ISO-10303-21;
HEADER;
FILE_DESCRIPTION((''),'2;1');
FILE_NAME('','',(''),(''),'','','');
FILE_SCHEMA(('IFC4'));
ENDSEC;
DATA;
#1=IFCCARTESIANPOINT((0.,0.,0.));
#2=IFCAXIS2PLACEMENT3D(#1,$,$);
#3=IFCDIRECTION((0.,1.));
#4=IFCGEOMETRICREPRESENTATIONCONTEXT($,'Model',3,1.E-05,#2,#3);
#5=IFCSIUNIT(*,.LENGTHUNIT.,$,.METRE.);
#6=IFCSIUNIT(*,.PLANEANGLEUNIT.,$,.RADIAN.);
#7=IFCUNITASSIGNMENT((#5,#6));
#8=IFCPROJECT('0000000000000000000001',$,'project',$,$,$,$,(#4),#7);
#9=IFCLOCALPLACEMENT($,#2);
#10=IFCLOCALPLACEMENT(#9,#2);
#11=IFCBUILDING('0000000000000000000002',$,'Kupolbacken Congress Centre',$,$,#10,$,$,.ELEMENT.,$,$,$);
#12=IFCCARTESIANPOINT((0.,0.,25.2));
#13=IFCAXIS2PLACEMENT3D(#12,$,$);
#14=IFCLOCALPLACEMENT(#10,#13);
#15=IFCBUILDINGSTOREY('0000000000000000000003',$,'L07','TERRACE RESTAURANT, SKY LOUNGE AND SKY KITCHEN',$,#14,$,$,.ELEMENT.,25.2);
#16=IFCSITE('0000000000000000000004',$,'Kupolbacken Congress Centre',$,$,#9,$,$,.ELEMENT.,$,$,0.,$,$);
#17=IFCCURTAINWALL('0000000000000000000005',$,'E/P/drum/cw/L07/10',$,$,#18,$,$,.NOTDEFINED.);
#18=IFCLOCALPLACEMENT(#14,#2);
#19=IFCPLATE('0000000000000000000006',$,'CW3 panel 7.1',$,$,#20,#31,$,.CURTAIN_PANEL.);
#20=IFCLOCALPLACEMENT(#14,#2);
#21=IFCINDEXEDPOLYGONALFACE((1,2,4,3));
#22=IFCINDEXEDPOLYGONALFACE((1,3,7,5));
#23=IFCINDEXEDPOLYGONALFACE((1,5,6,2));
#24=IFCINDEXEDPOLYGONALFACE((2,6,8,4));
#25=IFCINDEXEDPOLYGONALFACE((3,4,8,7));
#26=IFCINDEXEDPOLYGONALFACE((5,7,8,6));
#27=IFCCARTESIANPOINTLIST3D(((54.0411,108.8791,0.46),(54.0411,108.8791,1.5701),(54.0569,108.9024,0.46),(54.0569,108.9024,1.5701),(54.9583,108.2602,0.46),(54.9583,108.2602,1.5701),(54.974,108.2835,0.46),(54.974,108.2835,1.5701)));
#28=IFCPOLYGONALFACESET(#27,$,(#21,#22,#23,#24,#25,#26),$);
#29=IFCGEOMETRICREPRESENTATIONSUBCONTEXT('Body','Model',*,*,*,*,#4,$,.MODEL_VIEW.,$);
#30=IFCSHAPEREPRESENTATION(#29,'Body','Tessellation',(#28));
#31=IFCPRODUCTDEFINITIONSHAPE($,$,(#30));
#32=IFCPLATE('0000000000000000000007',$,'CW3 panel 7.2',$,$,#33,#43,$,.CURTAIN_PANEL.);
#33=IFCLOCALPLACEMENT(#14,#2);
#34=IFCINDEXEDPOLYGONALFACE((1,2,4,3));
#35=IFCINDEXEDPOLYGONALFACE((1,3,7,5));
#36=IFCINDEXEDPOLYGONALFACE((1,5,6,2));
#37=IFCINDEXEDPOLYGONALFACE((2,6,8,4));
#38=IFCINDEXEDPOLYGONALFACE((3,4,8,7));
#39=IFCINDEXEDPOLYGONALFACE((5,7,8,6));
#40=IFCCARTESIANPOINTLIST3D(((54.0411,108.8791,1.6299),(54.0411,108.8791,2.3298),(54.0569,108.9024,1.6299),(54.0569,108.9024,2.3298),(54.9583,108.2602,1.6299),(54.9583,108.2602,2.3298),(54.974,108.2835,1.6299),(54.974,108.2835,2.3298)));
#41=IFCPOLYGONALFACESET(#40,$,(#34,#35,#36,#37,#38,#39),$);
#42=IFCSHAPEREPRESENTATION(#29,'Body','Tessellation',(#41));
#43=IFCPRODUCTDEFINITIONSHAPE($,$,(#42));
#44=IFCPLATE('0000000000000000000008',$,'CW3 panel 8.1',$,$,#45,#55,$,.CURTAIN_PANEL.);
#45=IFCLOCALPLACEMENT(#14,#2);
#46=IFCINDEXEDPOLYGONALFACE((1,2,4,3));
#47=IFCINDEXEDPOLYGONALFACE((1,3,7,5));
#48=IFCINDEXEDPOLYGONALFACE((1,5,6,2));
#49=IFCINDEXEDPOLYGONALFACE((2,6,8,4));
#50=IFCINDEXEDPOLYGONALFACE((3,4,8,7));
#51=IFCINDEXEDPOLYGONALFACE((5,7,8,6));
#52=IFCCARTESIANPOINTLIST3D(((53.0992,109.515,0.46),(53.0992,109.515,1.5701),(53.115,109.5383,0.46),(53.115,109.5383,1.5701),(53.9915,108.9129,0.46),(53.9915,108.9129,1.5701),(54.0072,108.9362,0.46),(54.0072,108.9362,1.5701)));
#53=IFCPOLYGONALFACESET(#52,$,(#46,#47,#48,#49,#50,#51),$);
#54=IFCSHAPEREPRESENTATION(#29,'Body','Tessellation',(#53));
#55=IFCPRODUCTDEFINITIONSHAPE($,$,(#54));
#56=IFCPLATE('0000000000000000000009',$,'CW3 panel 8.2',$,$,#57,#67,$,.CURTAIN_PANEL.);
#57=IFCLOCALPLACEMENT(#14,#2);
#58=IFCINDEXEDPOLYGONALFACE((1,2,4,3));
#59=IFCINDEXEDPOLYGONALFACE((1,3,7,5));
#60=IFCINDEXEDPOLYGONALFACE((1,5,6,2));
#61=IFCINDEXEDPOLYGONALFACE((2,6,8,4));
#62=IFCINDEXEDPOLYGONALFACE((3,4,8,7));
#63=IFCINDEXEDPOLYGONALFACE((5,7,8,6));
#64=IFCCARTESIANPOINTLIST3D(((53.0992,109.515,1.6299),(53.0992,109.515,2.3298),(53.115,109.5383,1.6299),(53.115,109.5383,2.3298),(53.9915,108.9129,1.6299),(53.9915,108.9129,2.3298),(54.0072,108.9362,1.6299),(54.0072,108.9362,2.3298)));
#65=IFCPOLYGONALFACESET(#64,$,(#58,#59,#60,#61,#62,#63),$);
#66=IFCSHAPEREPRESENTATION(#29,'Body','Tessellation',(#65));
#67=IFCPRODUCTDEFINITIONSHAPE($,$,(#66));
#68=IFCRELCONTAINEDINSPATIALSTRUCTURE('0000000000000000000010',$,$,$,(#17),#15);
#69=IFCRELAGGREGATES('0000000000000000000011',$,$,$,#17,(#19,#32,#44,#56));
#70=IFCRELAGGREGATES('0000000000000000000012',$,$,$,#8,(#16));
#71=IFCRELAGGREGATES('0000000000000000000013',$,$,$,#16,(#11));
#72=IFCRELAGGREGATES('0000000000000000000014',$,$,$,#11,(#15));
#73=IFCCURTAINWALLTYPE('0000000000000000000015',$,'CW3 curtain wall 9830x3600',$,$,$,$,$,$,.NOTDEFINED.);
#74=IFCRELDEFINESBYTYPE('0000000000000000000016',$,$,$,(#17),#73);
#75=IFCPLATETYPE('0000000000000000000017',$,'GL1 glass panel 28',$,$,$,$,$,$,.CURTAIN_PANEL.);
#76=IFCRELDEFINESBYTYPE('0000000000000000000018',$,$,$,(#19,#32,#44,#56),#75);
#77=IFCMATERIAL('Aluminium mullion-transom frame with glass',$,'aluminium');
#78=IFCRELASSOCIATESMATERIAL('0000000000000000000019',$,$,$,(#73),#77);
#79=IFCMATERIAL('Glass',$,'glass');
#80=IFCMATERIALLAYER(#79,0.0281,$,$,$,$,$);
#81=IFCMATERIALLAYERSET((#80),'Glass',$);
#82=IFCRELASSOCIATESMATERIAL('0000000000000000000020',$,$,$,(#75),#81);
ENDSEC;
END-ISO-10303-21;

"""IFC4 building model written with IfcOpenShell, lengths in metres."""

from ifc_helpers import new_model, si_unit, direction, frame, origin, origin_2d, place, context, subcontext, project, spatial, rectangle, extrude, material, layer, layer_set, type_object, element, aggregate, save


model = new_model("IFC4")

# Units and contexts
model_context = context("Model", 3, precision=1e-05, world=origin(), true_north=direction((0.0, 1.0)))
body_context = subcontext(model_context, "Body", "Model", "MODEL_VIEW")
ifc_project = project(units=[si_unit("LENGTHUNIT", "METRE"), si_unit("PLANEANGLEUNIT", "RADIAN")], contexts=[model_context])

# Site, building, storey
site_placement = place(None, origin())
site = spatial("IfcSite", under=ifc_project, at=site_placement, Name="Kupolbacken Congress Centre", CompositionType="ELEMENT", RefElevation=0.0)
building_placement = place(site_placement, origin())
building = spatial("IfcBuilding", under=site, at=building_placement, Name="Kupolbacken Congress Centre", CompositionType="ELEMENT")
storey_placement = place(building_placement, frame((0.0, 0.0, 25.2)))
storey = spatial("IfcBuildingStorey", under=building, at=storey_placement, Name="L07", Description="TERRACE RESTAURANT, SKY LOUNGE AND SKY KITCHEN", CompositionType="ELEMENT", Elevation=25.2)

# Curtain wall, plates
ifc_material_1 = material(Name="Aluminium mullion-transom frame with glass", Category="aluminium")
curtain_wall_type = type_object("IfcCurtainWallType", Name="CW3 curtain wall 9830x3600", PredefinedType="NOTDEFINED", material=ifc_material_1)
curtain_wall_placement = place(storey_placement, origin())
curtain_wall = element("IfcCurtainWall", 1, at=curtain_wall_placement, inside=storey, type_object=curtain_wall_type, Name="E/P/drum/cw/L07/10", PredefinedType="NOTDEFINED")
ifc_material_2 = material(Name="Glass", Category="glass")
ifc_layer = layer(ifc_material_2, 0.0281)
ifc_layer_set = layer_set([ifc_layer], Name="Glass")
plate_type = type_object("IfcPlateType", Name="GL1 glass panel 28", PredefinedType="CURTAIN_PANEL", material=ifc_layer_set)
plate_1_placement = place(storey_placement, frame((54.5076, 108.5813, 0.46), z_axis=(0.0, 0.0, 1.0), x_axis=(-0.828908, 0.559386, 0.0)))
plate_1 = element("IfcPlate", 2, at=plate_1_placement, type_object=plate_type, Name="CW3 panel 7.1", PredefinedType="CURTAIN_PANEL", context=body_context, shape_type="SweptSolid", body=[
    extrude(rectangle(XDim=1.1064, YDim=0.0281, at=origin_2d()), origin(), (0.0, 0.0, 1.0), 1.1101),
])
plate_2_placement = place(storey_placement, frame((54.5076, 108.5813, 1.6299), z_axis=(0.0, 0.0, 1.0), x_axis=(-0.828908, 0.559386, 0.0)))
plate_2 = element("IfcPlate", 3, at=plate_2_placement, type_object=plate_type, Name="CW3 panel 7.2", PredefinedType="CURTAIN_PANEL", context=body_context, shape_type="SweptSolid", body=[
    extrude(rectangle(XDim=1.1064, YDim=0.0281, at=origin_2d()), origin(), (0.0, 0.0, 1.0), 0.7),
])
plate_3_placement = place(storey_placement, frame((53.5532, 109.2256, 0.46), z_axis=(0.0, 0.0, 1.0), x_axis=(-0.828908, 0.559386, 0.0)))
plate_3 = element("IfcPlate", 4, at=plate_3_placement, type_object=plate_type, Name="CW3 panel 8.1", PredefinedType="CURTAIN_PANEL", context=body_context, shape_type="SweptSolid", body=[
    extrude(rectangle(XDim=1.0764, YDim=0.0281, at=origin_2d()), origin(), (0.0, 0.0, 1.0), 1.1101),
])
plate_4_placement = place(storey_placement, frame((53.5532, 109.2256, 1.6299), z_axis=(0.0, 0.0, 1.0), x_axis=(-0.828908, 0.559386, 0.0)))
plate_4 = element("IfcPlate", 5, at=plate_4_placement, type_object=plate_type, Name="CW3 panel 8.2", PredefinedType="CURTAIN_PANEL", context=body_context, shape_type="SweptSolid", body=[
    extrude(rectangle(XDim=1.0764, YDim=0.0281, at=origin_2d()), origin(), (0.0, 0.0, 1.0), 0.7),
])
aggregate(curtain_wall, [plate_1, plate_2, plate_3, plate_4])

save(model, "model.ifc")
